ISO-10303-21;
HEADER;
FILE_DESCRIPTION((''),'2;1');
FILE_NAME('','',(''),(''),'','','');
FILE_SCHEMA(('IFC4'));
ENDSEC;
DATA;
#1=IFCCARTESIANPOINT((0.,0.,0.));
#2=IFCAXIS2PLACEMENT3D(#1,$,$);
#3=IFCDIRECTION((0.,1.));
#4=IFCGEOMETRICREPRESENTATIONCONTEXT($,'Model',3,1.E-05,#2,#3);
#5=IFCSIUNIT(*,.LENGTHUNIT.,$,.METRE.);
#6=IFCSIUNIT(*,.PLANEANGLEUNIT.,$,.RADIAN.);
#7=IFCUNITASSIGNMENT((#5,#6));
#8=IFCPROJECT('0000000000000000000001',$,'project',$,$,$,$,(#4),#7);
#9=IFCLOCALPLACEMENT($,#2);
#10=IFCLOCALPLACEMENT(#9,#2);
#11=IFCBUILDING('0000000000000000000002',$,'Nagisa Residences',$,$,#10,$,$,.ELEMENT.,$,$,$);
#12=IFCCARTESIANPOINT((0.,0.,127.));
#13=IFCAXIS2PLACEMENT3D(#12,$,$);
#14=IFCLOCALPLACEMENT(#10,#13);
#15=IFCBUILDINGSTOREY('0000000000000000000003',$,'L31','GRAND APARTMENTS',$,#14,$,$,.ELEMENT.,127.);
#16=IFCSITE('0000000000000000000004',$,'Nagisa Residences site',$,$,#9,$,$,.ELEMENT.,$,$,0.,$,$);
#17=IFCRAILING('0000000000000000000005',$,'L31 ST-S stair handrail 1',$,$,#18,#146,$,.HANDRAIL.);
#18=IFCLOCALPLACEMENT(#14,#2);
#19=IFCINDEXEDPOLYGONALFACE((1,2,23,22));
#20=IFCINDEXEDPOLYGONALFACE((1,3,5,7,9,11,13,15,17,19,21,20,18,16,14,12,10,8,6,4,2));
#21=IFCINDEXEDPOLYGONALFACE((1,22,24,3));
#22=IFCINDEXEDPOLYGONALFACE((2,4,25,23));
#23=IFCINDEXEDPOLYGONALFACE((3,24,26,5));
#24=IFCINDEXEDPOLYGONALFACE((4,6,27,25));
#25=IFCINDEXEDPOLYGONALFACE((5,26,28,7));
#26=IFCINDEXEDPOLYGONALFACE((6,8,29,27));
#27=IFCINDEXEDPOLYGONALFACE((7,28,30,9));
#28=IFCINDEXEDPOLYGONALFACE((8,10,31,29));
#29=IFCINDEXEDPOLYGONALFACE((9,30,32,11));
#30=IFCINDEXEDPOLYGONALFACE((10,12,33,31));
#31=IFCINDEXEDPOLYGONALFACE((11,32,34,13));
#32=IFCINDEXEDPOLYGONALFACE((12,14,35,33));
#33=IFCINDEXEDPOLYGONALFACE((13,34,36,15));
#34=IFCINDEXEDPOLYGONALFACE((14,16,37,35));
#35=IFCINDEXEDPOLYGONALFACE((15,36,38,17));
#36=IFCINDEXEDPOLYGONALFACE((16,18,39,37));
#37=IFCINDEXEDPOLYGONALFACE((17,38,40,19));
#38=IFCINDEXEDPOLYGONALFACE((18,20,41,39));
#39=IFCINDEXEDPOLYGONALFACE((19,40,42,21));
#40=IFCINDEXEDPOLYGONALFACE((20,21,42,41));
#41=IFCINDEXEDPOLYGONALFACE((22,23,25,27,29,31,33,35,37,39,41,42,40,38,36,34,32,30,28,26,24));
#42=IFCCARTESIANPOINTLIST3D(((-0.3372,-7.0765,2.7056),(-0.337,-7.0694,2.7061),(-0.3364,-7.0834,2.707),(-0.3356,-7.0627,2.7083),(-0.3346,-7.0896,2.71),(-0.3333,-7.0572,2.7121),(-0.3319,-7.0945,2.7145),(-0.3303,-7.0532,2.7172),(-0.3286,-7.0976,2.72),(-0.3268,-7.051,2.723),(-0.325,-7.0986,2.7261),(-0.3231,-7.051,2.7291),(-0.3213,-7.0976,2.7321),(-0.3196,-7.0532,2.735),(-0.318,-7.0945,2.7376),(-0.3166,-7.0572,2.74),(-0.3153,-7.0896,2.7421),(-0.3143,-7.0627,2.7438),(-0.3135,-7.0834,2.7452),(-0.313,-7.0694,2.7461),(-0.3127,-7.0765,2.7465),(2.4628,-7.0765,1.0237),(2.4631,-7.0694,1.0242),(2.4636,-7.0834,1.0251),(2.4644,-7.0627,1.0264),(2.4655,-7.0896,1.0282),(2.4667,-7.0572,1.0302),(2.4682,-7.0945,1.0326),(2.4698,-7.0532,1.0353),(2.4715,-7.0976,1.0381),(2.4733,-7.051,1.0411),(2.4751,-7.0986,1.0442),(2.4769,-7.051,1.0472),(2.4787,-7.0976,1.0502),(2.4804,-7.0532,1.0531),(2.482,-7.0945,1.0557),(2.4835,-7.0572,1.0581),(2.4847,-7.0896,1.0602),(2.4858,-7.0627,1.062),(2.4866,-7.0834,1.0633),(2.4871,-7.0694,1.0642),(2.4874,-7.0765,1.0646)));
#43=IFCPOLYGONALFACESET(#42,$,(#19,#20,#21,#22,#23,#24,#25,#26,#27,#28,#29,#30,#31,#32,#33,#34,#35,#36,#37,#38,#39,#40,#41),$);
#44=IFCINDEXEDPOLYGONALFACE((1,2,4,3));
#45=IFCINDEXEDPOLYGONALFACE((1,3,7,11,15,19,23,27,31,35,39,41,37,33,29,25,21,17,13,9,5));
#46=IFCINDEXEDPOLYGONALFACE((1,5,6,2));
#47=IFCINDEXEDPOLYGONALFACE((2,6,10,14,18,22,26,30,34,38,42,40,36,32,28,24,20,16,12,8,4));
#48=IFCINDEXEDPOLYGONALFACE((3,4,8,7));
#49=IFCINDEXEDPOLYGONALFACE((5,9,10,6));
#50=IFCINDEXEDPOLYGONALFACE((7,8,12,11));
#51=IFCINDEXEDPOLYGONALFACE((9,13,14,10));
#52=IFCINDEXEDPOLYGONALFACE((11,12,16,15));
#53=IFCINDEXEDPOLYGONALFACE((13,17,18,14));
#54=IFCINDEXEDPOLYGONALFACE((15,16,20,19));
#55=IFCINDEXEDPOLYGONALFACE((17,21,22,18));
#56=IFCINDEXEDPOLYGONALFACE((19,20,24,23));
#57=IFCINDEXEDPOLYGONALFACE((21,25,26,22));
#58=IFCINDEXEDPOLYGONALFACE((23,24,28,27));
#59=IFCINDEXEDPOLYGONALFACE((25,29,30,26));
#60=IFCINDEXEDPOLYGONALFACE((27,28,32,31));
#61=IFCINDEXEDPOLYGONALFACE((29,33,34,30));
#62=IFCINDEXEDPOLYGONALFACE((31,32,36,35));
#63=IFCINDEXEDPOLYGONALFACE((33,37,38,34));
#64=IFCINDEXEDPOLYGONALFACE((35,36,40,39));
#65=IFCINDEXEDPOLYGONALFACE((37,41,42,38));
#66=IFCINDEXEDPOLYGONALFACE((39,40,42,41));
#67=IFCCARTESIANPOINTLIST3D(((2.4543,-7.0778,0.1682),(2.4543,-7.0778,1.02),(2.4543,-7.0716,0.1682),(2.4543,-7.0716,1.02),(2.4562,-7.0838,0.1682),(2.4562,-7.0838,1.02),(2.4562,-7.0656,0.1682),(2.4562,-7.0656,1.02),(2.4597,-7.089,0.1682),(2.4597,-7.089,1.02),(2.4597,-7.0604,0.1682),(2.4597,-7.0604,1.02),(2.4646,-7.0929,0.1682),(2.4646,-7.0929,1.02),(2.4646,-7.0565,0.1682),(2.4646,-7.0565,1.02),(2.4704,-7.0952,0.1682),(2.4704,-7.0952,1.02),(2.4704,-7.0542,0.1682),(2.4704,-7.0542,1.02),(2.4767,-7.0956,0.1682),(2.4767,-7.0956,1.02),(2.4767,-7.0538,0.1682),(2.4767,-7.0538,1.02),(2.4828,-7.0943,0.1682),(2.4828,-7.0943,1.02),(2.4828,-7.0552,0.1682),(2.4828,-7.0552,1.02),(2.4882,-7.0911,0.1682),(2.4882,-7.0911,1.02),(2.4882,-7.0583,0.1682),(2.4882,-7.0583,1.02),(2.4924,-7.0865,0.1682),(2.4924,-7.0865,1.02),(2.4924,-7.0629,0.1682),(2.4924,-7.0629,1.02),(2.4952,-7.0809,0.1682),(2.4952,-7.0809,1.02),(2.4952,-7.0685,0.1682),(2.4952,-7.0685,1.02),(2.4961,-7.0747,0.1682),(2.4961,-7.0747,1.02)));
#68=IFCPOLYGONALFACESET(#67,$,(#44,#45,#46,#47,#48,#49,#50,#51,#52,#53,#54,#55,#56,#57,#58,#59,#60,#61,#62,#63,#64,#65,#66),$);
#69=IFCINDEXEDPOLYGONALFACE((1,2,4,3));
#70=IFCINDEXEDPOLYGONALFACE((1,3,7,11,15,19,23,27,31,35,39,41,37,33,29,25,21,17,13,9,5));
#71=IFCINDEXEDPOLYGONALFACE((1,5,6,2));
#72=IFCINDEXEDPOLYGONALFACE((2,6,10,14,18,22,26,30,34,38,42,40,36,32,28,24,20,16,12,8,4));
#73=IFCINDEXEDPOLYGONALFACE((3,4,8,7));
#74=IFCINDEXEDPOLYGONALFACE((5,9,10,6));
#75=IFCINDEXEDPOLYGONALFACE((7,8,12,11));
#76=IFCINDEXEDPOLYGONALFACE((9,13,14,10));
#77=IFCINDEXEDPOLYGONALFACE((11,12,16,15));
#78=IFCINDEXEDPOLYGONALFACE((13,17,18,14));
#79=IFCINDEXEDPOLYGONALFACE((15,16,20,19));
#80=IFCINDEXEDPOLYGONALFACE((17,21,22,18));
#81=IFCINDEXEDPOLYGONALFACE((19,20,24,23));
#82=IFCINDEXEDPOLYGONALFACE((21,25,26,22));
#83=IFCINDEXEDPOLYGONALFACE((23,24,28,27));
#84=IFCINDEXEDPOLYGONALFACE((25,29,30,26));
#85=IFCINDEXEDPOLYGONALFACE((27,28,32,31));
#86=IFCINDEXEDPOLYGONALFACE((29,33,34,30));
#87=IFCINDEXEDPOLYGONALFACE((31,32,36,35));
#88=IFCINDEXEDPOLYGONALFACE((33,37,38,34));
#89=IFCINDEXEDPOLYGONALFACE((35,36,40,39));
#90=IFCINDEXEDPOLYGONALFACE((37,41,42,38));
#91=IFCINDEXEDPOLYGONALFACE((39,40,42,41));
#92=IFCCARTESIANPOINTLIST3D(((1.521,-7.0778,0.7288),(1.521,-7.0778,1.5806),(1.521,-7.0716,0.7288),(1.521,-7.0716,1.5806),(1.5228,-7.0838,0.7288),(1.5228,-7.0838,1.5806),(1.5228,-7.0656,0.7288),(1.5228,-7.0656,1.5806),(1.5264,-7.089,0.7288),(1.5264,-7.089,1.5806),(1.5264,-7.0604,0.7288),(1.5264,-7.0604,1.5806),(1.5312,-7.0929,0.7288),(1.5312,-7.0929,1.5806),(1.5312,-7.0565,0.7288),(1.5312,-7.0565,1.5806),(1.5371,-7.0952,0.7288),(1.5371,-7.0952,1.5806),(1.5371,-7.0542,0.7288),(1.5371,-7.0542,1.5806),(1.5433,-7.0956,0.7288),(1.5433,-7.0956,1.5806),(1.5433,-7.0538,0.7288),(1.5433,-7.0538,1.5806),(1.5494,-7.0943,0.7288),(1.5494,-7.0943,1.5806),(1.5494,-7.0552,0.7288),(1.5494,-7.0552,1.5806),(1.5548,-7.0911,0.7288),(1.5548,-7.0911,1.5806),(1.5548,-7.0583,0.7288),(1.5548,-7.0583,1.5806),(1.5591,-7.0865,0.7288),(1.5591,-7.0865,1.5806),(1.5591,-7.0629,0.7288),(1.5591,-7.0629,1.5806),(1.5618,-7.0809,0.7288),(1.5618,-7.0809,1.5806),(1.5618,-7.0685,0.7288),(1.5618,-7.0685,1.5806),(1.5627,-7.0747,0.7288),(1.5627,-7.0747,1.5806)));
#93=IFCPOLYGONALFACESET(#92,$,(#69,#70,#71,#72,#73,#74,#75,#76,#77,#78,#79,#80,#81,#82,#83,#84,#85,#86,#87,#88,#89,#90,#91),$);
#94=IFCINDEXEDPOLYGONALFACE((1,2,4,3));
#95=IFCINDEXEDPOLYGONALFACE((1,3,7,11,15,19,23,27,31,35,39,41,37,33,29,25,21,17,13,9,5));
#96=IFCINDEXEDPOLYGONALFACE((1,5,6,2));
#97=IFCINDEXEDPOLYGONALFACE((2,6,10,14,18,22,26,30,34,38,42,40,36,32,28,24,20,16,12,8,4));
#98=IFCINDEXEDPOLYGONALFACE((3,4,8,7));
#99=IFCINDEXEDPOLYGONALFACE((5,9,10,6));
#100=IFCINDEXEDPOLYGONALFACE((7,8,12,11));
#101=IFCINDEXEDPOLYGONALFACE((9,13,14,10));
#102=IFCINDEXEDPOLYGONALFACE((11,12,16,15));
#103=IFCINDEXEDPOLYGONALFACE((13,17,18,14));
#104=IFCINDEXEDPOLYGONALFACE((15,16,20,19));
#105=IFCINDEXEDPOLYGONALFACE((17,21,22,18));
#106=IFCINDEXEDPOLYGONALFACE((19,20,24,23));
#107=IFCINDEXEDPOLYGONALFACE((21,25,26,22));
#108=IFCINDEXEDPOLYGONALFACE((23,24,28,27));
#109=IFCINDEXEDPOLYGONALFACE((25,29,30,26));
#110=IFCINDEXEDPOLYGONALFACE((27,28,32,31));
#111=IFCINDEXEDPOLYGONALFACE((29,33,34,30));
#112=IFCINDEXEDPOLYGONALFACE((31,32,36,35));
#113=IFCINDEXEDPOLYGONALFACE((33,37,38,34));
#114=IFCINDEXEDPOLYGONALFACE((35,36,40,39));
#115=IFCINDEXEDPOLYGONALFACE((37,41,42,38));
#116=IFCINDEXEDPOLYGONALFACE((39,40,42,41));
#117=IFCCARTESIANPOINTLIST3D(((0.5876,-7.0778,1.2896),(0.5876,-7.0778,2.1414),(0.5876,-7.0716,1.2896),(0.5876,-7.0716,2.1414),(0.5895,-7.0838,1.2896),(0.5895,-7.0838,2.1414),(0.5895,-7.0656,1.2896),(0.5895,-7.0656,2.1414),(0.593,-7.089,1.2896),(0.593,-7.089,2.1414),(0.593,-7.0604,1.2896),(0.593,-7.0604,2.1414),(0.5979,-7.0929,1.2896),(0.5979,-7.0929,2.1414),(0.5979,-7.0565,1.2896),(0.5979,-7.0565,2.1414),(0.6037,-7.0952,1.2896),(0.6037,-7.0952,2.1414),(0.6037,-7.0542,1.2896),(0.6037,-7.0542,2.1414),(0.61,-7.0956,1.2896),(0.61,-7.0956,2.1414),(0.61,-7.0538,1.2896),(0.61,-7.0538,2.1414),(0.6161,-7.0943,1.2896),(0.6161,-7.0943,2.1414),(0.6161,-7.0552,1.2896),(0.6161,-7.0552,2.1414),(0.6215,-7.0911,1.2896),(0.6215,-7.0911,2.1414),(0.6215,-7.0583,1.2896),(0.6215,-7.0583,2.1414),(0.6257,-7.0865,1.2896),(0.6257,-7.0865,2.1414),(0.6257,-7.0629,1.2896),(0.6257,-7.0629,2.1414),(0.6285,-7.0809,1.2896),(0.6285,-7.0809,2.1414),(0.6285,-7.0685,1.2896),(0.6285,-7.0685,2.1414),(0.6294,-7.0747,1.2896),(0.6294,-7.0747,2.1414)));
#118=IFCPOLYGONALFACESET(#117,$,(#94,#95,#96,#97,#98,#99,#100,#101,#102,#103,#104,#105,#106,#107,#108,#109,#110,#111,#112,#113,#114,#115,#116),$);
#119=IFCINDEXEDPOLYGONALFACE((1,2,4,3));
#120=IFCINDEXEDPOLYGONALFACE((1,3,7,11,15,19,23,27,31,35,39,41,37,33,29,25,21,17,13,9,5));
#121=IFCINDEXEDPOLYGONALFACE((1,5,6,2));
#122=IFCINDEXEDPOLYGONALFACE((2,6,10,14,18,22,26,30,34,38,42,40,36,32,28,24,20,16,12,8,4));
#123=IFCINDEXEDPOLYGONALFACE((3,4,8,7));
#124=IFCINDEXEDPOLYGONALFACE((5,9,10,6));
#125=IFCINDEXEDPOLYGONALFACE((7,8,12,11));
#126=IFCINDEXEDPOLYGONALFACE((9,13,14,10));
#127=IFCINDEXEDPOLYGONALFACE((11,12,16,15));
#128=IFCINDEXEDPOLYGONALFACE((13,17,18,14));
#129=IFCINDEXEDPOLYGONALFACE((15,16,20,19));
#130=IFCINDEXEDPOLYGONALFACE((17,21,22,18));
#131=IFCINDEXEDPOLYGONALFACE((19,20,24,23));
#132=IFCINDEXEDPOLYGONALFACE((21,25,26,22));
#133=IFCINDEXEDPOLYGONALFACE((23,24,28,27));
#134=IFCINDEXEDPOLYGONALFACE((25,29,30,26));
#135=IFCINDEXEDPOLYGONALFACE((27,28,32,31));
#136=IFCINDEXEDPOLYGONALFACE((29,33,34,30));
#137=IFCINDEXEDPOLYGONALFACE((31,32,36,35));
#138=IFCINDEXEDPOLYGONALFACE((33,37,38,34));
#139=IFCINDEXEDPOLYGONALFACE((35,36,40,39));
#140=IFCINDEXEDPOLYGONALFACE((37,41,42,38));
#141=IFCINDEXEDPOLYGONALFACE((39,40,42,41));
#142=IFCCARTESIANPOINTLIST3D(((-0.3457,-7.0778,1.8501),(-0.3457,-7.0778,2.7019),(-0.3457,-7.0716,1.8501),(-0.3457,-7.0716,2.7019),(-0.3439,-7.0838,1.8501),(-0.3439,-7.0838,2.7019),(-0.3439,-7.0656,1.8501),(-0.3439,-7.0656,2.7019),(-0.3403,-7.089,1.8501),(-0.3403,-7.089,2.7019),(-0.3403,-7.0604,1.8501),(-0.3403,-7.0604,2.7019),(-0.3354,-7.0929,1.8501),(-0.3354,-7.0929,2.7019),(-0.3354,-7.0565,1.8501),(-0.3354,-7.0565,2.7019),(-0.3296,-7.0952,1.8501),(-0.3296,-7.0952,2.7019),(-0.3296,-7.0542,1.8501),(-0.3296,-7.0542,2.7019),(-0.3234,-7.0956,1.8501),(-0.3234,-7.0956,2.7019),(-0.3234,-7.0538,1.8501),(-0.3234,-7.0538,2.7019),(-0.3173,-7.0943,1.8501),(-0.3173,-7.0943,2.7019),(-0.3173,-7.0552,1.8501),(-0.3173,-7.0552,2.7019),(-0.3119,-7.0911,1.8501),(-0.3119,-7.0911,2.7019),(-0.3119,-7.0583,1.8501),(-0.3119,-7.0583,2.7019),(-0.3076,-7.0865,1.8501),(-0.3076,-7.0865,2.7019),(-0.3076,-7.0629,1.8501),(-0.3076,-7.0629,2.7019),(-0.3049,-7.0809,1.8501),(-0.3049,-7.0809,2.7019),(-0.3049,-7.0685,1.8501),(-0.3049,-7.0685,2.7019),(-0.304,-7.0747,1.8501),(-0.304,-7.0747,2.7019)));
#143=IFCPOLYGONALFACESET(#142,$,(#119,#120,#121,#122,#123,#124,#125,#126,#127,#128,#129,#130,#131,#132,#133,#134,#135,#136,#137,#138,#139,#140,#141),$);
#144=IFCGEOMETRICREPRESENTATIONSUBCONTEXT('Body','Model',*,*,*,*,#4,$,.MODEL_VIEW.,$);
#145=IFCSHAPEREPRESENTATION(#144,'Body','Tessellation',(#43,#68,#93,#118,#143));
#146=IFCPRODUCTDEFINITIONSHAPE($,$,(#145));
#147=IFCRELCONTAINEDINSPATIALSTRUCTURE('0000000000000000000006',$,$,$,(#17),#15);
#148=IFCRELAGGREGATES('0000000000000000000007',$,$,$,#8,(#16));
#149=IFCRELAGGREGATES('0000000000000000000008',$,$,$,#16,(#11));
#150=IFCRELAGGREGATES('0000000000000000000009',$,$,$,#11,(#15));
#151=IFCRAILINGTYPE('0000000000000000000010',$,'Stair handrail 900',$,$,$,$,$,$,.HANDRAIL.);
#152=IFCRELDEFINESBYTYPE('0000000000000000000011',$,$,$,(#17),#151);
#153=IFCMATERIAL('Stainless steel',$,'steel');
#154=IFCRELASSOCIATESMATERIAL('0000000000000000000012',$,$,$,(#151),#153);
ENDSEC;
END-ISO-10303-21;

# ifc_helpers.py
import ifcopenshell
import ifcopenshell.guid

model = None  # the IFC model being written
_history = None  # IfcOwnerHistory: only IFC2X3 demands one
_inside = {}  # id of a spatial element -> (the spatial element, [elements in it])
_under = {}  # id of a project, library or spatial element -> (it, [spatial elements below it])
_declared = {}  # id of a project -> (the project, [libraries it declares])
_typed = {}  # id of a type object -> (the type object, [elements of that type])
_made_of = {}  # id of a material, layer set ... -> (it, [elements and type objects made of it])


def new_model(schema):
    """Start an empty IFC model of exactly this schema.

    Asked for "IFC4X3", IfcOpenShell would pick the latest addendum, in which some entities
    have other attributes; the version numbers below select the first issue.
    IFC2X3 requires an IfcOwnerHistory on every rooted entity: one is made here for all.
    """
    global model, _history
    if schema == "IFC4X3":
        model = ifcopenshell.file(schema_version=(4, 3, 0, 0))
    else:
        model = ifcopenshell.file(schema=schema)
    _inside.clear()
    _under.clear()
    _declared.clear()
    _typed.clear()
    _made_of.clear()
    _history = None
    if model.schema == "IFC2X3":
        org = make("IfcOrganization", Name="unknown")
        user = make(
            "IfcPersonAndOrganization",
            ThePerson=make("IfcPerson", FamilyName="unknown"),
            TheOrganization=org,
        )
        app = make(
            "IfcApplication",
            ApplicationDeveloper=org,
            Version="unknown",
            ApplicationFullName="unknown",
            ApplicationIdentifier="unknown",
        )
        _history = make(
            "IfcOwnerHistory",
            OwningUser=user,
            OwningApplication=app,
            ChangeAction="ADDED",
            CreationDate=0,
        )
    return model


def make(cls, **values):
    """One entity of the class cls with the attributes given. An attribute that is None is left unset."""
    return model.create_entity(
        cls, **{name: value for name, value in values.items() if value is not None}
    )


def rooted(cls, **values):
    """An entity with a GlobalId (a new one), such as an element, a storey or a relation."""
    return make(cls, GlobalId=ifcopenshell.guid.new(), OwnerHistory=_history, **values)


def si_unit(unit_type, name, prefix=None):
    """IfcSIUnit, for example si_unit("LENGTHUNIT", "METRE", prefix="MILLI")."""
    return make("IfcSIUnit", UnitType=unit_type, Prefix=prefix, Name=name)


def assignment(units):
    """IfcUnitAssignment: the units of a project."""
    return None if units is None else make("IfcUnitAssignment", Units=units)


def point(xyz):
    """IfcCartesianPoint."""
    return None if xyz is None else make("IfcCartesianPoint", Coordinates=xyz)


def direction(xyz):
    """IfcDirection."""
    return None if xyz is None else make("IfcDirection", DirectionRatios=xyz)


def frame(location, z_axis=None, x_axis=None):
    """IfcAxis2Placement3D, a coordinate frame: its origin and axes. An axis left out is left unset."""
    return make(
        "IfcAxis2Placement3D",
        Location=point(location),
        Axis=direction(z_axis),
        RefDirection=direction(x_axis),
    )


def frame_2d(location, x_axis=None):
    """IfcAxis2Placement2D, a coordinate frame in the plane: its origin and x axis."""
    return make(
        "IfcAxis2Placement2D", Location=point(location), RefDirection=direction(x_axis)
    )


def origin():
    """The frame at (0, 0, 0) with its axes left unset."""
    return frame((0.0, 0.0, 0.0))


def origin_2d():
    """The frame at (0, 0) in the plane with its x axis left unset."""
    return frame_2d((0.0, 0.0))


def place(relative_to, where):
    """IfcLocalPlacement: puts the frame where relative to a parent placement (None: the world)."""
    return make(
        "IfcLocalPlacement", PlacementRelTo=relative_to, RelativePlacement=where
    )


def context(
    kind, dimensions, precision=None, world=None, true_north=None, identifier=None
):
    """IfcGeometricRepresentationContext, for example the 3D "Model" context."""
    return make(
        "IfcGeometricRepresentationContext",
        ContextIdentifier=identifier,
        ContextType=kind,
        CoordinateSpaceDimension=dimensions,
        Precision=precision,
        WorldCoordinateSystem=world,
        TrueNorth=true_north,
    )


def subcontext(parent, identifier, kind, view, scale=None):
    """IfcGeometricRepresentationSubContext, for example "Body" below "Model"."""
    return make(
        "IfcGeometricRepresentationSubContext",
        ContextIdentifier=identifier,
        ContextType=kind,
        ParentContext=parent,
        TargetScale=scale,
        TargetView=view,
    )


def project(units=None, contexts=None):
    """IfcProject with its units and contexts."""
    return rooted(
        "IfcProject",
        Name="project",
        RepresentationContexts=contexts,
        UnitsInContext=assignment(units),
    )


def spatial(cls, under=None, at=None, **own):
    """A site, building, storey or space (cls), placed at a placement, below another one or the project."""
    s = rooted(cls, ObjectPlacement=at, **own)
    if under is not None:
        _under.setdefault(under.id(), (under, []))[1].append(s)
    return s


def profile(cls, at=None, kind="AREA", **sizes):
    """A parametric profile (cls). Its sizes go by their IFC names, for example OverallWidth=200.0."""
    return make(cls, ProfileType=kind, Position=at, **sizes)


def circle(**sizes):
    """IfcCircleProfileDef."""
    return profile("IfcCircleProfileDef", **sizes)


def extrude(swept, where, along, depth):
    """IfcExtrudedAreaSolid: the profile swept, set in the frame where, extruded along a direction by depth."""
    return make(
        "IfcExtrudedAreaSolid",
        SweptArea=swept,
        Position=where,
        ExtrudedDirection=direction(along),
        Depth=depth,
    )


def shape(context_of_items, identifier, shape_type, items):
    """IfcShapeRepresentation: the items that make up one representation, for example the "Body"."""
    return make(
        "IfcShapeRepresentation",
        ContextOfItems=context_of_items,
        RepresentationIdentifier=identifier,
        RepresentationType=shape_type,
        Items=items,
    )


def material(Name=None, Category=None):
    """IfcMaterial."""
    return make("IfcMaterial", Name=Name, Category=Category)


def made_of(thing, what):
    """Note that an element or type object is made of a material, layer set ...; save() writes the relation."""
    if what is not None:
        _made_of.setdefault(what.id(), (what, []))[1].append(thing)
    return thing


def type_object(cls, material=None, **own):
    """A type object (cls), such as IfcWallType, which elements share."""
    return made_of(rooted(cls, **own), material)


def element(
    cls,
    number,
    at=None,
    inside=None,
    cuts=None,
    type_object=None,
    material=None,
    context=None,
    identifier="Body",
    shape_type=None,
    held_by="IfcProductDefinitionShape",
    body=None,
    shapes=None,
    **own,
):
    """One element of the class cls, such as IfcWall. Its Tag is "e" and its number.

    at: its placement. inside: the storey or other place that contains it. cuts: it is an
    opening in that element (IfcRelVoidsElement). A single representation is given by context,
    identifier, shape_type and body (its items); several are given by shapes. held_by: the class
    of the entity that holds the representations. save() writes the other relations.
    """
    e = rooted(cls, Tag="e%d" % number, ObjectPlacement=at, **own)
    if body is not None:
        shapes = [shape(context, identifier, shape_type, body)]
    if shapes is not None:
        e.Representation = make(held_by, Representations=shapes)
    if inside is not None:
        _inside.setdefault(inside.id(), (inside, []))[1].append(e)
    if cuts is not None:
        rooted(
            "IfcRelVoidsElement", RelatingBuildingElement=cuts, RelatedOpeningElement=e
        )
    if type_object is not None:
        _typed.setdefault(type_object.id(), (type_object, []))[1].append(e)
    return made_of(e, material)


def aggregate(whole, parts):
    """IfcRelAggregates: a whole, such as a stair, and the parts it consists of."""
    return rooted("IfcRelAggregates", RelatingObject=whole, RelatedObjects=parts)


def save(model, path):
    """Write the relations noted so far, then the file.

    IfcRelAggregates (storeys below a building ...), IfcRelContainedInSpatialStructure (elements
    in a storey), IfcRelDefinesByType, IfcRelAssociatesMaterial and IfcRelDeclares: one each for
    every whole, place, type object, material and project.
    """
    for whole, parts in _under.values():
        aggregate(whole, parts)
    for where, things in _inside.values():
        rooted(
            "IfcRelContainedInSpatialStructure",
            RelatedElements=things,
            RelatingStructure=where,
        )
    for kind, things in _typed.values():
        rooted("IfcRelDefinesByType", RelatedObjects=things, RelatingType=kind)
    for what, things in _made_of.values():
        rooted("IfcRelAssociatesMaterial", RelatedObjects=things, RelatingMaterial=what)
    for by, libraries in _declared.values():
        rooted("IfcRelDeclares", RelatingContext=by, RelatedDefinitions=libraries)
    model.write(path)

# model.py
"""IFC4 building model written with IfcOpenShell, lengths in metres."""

from ifc_helpers import new_model, si_unit, direction, frame, origin, origin_2d, place, context, subcontext, project, spatial, circle, extrude, material, type_object, element, save


model = new_model("IFC4")

# Units and contexts
model_context = context("Model", 3, precision=1e-05, world=origin(), true_north=direction((0.0, 1.0)))
body_context = subcontext(model_context, "Body", "Model", "MODEL_VIEW")
ifc_project = project(units=[si_unit("LENGTHUNIT", "METRE"), si_unit("PLANEANGLEUNIT", "RADIAN")], contexts=[model_context])

# Site, building, storey
site_placement = place(None, origin())
site = spatial("IfcSite", under=ifc_project, at=site_placement, Name="Nagisa Residences site", CompositionType="ELEMENT", RefElevation=0.0)
building_placement = place(site_placement, origin())
building = spatial("IfcBuilding", under=site, at=building_placement, Name="Nagisa Residences", CompositionType="ELEMENT")
storey_placement = place(building_placement, frame((0.0, 0.0, 127.0)))
storey = spatial("IfcBuildingStorey", under=building, at=storey_placement, Name="L31", Description="GRAND APARTMENTS", CompositionType="ELEMENT", Elevation=127.0)

# Railing
ifc_material_1 = material(Name="Stainless steel", Category="steel")
railing_type_1 = type_object("IfcRailingType", Name="Stair handrail 900", PredefinedType="HANDRAIL", material=ifc_material_1)
railing_1_placement = place(storey_placement, frame((2.4751, -7.0747, 0.1682)))
element("IfcRailing", 1, at=railing_1_placement, inside=storey, type_object=railing_type_1, Name="L31 ST-S stair handrail 1", PredefinedType="HANDRAIL", context=body_context, shape_type="SweptSolid", body=[
    extrude(circle(Radius=0.0239, at=origin_2d()), frame((0.0, 0.0, 0.876), z_axis=(-0.857242, 0.0, 0.514913), x_axis=(0.0, -1.0, 0.0)), (0.0, 0.0, 1.0), 3.2664),
    extrude(circle(Radius=0.021, at=origin_2d()), origin(), (0.0, 0.0, 1.0), 0.8518),
    extrude(circle(Radius=0.021, at=origin_2d()), frame((-0.9333, 0.0, 0.5605)), (0.0, 0.0, 1.0), 0.8518),
    extrude(circle(Radius=0.021, at=origin_2d()), frame((-1.8667, 0.0, 1.1213)), (0.0, 0.0, 1.0), 0.8518),
    extrude(circle(Radius=0.021, at=origin_2d()), frame((-2.8, 0.0, 1.6819)), (0.0, 0.0, 1.0), 0.8518),
])

save(model, "model.ifc")
